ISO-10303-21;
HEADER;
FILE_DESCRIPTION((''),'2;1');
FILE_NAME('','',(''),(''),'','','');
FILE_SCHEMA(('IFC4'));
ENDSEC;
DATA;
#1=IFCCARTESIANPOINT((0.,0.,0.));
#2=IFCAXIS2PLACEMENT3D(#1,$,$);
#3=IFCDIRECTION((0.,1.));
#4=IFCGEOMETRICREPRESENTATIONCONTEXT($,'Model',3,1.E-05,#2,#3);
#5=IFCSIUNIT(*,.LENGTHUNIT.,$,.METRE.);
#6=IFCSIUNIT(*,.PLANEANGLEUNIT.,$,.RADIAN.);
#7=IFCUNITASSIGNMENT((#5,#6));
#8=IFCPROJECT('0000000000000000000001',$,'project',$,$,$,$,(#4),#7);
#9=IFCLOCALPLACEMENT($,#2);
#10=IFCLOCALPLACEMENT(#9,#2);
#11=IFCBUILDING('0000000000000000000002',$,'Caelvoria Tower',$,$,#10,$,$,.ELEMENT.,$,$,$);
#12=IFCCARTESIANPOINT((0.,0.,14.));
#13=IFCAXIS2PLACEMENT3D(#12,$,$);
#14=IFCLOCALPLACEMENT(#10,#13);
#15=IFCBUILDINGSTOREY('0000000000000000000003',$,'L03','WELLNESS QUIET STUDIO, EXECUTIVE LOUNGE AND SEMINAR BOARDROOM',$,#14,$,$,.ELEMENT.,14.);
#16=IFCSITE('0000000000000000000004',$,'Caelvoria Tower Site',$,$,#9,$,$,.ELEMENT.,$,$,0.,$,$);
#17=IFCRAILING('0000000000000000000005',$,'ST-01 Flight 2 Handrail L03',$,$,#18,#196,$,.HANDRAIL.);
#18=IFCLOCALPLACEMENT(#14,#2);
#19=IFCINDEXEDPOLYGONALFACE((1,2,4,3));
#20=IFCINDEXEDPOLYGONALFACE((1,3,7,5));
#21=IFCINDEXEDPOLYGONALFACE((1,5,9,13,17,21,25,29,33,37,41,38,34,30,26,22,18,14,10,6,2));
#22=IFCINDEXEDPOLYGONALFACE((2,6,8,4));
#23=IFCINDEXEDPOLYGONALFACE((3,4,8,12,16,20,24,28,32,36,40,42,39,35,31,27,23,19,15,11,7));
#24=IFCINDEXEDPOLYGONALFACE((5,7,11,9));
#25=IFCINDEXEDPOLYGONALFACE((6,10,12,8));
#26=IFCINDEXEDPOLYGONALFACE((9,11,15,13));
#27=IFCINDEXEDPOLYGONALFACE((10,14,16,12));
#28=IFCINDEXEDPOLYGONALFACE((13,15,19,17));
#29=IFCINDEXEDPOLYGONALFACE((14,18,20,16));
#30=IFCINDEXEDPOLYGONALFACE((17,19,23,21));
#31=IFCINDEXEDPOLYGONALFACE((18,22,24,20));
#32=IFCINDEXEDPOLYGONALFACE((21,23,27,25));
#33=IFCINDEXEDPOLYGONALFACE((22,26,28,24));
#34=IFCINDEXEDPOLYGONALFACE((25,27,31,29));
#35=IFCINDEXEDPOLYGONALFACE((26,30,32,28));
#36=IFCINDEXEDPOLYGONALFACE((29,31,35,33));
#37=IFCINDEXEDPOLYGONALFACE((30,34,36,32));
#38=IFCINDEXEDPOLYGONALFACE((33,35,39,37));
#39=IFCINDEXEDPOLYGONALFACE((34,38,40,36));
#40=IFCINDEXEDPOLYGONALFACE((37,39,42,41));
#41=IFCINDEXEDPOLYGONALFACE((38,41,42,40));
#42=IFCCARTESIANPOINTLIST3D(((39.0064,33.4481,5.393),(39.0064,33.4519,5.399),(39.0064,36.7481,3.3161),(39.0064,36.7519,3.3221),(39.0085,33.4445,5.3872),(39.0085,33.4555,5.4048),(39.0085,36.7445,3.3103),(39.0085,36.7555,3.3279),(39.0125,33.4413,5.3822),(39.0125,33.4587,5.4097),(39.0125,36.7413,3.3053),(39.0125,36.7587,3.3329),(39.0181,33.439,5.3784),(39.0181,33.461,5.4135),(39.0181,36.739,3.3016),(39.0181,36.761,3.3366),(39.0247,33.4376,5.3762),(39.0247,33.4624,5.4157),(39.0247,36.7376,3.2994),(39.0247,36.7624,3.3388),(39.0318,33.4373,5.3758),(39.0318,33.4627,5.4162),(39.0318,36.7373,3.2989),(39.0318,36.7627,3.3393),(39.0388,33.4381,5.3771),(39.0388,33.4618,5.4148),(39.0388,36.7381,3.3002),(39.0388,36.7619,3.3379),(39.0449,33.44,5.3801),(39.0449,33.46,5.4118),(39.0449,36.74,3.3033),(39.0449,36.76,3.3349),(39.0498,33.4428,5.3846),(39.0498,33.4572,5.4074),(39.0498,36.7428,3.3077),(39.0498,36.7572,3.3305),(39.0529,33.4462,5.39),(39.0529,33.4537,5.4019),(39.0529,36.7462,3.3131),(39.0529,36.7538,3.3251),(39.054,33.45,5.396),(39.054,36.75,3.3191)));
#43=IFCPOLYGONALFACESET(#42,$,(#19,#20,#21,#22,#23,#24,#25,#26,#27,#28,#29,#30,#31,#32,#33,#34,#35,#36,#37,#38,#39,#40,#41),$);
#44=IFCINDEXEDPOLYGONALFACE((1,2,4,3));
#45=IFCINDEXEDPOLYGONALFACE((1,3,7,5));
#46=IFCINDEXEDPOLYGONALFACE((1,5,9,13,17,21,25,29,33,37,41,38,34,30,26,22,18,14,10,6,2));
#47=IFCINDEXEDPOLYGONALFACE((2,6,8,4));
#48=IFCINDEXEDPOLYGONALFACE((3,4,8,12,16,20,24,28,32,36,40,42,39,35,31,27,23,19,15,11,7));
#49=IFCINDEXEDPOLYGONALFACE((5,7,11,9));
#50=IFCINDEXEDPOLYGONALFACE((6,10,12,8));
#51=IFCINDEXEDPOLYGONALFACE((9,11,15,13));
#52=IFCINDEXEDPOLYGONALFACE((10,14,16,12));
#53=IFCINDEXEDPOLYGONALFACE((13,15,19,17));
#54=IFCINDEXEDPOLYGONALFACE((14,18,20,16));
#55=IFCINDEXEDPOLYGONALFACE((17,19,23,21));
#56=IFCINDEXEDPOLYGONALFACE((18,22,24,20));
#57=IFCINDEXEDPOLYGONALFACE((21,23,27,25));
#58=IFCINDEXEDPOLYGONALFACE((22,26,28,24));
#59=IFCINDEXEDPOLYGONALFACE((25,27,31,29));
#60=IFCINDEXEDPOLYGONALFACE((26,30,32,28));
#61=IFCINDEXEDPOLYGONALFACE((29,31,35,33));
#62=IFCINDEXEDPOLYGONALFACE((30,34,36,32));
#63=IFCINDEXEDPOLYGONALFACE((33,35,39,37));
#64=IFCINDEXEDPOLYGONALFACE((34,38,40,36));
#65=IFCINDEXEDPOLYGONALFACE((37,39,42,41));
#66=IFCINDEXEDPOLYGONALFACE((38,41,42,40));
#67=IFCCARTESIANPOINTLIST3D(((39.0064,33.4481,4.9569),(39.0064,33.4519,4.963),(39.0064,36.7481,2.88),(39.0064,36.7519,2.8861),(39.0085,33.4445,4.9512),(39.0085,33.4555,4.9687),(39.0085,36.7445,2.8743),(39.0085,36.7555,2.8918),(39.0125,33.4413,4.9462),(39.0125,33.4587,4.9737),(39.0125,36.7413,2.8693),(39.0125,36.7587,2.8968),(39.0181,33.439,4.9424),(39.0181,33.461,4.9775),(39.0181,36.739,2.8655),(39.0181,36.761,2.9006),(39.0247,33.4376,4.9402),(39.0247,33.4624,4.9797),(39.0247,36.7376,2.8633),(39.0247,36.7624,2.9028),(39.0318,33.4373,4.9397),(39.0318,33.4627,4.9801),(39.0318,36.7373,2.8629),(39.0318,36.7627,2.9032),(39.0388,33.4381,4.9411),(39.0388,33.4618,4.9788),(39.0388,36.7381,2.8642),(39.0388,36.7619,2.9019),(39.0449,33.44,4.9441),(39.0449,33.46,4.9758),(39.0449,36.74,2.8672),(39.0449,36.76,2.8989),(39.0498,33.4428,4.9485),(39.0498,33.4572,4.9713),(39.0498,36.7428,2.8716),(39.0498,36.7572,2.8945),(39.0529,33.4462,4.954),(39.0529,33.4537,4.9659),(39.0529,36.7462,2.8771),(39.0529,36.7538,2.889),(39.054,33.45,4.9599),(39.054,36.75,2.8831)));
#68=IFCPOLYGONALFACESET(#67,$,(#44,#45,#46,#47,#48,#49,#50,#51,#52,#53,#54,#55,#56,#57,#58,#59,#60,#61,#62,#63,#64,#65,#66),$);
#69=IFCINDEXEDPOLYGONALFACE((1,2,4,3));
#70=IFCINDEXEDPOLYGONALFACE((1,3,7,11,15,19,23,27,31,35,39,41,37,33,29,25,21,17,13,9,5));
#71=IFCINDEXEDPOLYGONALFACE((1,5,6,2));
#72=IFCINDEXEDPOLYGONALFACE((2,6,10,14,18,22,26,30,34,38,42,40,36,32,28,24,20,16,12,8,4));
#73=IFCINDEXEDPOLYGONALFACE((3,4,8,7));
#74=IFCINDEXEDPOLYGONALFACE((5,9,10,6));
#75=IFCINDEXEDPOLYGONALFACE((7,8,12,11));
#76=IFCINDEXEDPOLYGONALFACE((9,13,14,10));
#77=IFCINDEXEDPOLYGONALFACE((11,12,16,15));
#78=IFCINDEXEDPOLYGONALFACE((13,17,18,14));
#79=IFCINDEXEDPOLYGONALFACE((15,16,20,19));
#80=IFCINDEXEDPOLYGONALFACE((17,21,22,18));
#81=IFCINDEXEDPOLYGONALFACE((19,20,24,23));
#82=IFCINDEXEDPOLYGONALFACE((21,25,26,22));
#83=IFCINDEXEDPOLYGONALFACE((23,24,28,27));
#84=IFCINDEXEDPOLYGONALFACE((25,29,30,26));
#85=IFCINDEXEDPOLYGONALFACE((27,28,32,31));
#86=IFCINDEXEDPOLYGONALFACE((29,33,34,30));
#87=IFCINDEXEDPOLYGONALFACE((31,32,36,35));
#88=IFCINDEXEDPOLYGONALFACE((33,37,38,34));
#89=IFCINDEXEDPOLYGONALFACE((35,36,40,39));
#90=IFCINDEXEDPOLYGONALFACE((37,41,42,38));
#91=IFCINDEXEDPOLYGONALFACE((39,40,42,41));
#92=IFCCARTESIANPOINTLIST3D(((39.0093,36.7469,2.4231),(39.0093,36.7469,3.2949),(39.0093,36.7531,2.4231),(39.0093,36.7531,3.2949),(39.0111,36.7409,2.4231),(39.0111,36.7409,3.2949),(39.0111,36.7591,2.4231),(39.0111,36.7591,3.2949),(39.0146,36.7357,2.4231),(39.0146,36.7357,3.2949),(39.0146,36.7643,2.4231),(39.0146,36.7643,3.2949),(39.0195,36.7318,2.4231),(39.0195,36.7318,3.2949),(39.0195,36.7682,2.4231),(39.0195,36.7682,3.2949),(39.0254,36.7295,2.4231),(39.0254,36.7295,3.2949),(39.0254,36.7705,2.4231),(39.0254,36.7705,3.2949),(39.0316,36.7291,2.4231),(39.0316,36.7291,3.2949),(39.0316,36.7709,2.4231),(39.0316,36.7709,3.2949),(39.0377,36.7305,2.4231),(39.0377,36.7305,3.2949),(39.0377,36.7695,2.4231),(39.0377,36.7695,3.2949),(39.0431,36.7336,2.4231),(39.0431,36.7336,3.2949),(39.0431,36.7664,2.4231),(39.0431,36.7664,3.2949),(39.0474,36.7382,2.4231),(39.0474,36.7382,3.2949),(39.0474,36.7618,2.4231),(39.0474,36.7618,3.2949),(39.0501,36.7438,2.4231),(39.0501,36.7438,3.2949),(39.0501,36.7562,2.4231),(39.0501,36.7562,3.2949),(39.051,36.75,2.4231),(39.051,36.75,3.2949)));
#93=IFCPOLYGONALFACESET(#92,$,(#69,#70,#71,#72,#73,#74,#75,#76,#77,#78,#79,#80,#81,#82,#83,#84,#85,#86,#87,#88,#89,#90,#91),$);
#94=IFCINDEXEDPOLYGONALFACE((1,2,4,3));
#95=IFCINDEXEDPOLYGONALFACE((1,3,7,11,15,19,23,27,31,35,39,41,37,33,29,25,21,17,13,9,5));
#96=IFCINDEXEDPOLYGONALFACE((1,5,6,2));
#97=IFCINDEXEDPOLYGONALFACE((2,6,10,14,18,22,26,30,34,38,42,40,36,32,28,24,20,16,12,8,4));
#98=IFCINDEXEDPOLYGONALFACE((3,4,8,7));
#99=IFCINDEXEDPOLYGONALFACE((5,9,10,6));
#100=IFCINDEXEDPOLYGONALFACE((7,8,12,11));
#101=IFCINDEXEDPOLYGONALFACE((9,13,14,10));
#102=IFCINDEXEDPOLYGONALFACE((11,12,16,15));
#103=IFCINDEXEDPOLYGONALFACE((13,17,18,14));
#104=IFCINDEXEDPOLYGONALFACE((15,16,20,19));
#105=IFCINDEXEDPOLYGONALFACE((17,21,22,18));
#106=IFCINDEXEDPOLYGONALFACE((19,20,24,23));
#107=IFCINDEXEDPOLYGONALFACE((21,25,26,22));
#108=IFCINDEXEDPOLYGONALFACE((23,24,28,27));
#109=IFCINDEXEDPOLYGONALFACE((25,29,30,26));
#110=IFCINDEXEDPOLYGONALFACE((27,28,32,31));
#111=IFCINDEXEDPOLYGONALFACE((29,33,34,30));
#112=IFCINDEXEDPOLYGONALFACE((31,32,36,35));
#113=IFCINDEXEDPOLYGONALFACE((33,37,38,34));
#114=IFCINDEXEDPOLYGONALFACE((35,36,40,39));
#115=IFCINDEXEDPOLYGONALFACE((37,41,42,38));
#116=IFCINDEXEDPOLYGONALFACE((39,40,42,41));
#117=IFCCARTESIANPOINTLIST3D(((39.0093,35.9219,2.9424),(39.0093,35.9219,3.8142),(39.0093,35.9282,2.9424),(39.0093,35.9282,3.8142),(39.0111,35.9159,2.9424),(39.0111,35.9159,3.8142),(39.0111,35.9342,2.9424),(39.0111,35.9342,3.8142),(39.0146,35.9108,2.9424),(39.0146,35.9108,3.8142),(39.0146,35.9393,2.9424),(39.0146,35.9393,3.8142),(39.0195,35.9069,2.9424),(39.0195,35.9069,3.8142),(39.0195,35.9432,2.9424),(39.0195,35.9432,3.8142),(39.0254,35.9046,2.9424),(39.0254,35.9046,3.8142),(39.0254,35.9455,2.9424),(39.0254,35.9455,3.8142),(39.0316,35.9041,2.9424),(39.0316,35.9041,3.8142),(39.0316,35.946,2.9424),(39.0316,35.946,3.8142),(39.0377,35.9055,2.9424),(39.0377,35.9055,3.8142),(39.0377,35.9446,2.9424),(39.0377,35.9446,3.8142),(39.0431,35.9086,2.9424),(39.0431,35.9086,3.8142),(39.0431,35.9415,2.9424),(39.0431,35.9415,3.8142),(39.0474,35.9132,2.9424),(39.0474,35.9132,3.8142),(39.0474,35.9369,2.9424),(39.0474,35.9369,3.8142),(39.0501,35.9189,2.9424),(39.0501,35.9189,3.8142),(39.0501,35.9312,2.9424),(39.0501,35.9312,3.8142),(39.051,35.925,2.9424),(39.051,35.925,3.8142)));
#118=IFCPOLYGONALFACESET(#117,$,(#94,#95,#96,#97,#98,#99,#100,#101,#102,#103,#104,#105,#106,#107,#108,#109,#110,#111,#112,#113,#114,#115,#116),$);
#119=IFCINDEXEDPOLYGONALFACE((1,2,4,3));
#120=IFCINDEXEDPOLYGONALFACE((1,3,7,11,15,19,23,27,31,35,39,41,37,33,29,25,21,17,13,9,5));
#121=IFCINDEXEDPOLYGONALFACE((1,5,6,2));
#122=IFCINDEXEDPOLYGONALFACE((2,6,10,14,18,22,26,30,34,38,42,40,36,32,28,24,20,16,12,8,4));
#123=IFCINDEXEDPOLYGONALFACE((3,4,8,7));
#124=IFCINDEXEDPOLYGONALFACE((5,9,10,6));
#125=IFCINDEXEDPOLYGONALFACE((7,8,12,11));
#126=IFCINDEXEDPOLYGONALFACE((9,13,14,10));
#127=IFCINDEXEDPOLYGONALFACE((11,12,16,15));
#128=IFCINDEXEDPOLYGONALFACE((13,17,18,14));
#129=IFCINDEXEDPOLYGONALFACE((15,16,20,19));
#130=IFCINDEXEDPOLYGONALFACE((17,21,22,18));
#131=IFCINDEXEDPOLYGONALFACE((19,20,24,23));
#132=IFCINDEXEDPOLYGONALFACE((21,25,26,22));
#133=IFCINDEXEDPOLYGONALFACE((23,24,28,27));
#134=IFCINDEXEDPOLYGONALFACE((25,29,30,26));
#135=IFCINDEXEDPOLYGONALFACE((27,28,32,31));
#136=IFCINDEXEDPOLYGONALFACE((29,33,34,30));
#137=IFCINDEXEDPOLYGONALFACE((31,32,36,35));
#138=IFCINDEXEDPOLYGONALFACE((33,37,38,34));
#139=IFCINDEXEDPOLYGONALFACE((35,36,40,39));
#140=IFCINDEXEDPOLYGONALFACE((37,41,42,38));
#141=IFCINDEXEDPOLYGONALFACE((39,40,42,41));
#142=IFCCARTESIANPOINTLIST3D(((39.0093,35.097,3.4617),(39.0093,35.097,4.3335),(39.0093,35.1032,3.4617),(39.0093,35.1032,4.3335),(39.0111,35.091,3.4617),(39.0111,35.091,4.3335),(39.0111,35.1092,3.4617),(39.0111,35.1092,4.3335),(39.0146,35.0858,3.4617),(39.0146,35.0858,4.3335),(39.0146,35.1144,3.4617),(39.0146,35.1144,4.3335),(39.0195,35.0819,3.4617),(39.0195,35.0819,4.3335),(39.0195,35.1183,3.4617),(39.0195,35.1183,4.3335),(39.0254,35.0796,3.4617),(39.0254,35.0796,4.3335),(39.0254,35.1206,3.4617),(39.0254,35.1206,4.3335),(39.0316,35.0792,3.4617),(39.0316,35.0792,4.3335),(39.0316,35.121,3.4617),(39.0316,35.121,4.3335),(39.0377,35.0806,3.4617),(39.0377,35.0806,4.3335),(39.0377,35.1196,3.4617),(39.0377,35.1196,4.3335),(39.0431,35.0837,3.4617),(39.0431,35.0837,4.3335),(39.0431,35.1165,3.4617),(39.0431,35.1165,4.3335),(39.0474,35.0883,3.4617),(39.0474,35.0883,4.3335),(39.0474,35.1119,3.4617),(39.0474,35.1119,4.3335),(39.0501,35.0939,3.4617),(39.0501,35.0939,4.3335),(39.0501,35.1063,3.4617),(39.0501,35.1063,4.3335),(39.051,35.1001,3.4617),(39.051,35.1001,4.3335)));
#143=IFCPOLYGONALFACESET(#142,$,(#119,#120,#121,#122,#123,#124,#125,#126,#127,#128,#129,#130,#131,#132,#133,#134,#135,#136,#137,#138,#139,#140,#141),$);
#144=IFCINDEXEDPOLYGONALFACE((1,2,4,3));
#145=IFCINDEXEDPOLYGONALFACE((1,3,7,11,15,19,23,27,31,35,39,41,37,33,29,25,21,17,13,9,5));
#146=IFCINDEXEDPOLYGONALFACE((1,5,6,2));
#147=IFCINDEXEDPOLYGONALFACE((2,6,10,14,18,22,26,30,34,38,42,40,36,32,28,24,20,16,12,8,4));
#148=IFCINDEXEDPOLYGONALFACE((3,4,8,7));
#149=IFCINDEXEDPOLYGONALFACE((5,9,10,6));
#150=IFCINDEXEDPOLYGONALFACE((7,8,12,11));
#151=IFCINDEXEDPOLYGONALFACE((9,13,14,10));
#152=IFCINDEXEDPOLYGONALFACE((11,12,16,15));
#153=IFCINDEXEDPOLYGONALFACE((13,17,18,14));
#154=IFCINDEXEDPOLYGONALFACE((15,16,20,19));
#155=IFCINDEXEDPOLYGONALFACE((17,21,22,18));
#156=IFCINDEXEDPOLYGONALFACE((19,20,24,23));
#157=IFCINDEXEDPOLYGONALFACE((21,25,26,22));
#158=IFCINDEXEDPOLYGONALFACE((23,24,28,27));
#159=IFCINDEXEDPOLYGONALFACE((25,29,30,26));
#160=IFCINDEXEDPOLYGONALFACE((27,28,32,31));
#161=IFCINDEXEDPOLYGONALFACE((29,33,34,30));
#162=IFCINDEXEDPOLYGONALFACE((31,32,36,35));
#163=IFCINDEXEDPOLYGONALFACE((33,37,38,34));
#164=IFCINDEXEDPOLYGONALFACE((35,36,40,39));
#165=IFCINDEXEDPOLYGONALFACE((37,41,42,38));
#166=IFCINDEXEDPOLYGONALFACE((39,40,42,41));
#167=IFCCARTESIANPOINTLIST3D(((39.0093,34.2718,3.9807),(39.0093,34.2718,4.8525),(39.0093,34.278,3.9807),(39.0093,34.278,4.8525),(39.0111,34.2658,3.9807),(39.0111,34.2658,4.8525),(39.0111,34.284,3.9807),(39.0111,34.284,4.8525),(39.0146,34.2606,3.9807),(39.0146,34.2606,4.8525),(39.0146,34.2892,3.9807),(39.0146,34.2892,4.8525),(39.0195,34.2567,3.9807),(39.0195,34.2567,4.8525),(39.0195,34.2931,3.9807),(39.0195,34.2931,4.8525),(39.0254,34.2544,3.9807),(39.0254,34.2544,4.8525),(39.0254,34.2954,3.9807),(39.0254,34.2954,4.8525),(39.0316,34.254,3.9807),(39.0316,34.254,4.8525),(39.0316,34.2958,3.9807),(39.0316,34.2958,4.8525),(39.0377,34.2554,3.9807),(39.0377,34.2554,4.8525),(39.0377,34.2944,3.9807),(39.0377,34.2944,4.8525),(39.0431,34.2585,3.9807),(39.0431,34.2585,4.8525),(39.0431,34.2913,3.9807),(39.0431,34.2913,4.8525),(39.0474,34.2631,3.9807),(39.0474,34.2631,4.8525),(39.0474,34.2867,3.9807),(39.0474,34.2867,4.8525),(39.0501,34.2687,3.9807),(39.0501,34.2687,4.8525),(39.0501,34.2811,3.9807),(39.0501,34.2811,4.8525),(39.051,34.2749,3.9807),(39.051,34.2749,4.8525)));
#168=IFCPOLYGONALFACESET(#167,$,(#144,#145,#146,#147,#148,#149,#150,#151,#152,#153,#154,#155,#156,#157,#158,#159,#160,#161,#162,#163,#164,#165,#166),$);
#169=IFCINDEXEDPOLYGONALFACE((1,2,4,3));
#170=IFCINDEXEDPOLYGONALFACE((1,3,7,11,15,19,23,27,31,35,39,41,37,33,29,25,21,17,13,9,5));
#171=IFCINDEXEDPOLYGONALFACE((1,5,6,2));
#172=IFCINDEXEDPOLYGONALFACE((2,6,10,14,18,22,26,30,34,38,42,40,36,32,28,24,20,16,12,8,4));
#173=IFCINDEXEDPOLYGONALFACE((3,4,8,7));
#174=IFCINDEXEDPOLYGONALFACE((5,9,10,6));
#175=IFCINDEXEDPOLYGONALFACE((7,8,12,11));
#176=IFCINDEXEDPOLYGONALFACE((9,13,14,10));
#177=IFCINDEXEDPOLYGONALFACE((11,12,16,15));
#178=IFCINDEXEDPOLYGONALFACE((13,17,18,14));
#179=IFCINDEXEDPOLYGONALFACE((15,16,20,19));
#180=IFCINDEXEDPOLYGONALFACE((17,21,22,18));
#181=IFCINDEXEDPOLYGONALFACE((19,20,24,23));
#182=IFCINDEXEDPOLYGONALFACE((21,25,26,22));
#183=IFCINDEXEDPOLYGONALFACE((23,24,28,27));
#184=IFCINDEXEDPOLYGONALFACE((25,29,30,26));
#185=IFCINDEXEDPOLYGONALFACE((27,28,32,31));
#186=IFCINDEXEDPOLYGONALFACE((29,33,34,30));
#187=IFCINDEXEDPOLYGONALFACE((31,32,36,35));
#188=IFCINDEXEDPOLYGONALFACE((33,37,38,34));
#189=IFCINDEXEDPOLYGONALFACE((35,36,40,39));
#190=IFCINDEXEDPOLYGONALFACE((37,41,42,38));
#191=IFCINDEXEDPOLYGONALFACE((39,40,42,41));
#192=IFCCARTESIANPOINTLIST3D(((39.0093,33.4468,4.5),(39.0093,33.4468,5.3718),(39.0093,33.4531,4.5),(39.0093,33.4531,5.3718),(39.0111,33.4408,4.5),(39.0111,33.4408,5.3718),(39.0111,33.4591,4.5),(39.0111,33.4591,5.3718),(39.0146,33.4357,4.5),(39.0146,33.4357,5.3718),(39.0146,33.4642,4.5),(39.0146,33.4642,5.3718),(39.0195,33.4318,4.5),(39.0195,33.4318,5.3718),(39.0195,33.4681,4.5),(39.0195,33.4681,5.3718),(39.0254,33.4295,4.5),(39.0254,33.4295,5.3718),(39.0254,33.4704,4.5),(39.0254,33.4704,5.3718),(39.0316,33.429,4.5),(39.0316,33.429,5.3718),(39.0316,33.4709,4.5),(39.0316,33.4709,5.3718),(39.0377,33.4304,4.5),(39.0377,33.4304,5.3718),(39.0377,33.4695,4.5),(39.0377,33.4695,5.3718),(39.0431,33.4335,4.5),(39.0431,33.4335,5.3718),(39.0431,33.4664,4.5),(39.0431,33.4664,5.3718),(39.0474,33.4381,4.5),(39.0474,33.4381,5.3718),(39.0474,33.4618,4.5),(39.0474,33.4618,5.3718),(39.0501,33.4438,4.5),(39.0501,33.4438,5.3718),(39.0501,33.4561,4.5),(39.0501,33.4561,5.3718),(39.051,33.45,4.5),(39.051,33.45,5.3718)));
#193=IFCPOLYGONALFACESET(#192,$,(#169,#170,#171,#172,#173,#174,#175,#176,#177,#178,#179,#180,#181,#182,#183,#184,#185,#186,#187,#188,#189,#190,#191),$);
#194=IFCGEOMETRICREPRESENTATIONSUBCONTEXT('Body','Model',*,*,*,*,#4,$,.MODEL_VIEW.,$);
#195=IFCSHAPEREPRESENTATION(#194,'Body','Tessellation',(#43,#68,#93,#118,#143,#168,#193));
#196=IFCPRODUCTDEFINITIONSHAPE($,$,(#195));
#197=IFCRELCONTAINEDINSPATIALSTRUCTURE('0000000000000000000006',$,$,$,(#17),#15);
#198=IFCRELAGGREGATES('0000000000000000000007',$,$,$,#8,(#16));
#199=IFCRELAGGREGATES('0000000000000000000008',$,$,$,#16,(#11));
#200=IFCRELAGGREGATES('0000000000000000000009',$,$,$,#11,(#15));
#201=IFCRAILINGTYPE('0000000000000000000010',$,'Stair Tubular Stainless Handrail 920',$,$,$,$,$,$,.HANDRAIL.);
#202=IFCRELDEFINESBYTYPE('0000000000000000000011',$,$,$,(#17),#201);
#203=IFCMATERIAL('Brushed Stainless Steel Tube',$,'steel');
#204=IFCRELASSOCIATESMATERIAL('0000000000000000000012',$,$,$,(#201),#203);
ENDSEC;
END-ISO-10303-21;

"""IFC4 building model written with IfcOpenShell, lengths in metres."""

from ifc_helpers import new_model, si_unit, direction, frame, origin, origin_2d, place, context, subcontext, project, spatial, circle, extrude, material, type_object, element, save


model = new_model("IFC4")

# Units and contexts
model_context = context("Model", 3, precision=1e-05, world=origin(), true_north=direction((0.0, 1.0)))
body_context = subcontext(model_context, "Body", "Model", "MODEL_VIEW")
ifc_project = project(units=[si_unit("LENGTHUNIT", "METRE"), si_unit("PLANEANGLEUNIT", "RADIAN")], contexts=[model_context])

# Site, building, storey
site_placement = place(None, origin())
site = spatial("IfcSite", under=ifc_project, at=site_placement, Name="Caelvoria Tower Site", CompositionType="ELEMENT", RefElevation=0.0)
building_placement = place(site_placement, origin())
building = spatial("IfcBuilding", under=site, at=building_placement, Name="Caelvoria Tower", CompositionType="ELEMENT")
storey_placement = place(building_placement, frame((0.0, 0.0, 14.0)))
storey = spatial("IfcBuildingStorey", under=building, at=storey_placement, Name="L03", Description="WELLNESS QUIET STUDIO, EXECUTIVE LOUNGE AND SEMINAR BOARDROOM", CompositionType="ELEMENT", Elevation=14.0)

# Railing
ifc_material_1 = material(Name="Brushed Stainless Steel Tube", Category="steel")
railing_type_1 = type_object("IfcRailingType", Name="Stair Tubular Stainless Handrail 920", PredefinedType="HANDRAIL", material=ifc_material_1)
railing_1_placement = place(storey_placement, frame((39.03, 36.75, 2.4231)))
element("IfcRailing", 1, at=railing_1_placement, inside=storey, type_object=railing_type_1, Name="ST-01 Flight 2 Handrail L03", PredefinedType="HANDRAIL", context=body_context, shape_type="SweptSolid", body=[
    extrude(circle(Radius=0.0239, at=origin_2d()), frame((0.0, 0.0, 0.896), z_axis=(0.0, -0.846337, 0.532647), x_axis=(1.0, 0.0, 0.0)), (0.0, 0.0, 1.0), 3.8992),
    extrude(circle(Radius=0.0239, at=origin_2d()), frame((0.0, 0.0, 0.46), z_axis=(0.0, -0.846337, 0.532647), x_axis=(1.0, 0.0, 0.0)), (0.0, 0.0, 1.0), 3.8992),
    extrude(circle(Radius=0.021, at=origin_2d()), origin(), (0.0, 0.0, 1.0), 0.8718),
    extrude(circle(Radius=0.021, at=origin_2d()), frame((0.0, -0.825, 0.5193)), (0.0, 0.0, 1.0), 0.8718),
    extrude(circle(Radius=0.021, at=origin_2d()), frame((0.0, -1.6499, 1.0386)), (0.0, 0.0, 1.0), 0.8718),
    extrude(circle(Radius=0.021, at=origin_2d()), frame((0.0, -2.4751, 1.5576)), (0.0, 0.0, 1.0), 0.8718),
    extrude(circle(Radius=0.021, at=origin_2d()), frame((0.0, -3.3, 2.0769)), (0.0, 0.0, 1.0), 0.8718),
])

save(model, "model.ifc")
